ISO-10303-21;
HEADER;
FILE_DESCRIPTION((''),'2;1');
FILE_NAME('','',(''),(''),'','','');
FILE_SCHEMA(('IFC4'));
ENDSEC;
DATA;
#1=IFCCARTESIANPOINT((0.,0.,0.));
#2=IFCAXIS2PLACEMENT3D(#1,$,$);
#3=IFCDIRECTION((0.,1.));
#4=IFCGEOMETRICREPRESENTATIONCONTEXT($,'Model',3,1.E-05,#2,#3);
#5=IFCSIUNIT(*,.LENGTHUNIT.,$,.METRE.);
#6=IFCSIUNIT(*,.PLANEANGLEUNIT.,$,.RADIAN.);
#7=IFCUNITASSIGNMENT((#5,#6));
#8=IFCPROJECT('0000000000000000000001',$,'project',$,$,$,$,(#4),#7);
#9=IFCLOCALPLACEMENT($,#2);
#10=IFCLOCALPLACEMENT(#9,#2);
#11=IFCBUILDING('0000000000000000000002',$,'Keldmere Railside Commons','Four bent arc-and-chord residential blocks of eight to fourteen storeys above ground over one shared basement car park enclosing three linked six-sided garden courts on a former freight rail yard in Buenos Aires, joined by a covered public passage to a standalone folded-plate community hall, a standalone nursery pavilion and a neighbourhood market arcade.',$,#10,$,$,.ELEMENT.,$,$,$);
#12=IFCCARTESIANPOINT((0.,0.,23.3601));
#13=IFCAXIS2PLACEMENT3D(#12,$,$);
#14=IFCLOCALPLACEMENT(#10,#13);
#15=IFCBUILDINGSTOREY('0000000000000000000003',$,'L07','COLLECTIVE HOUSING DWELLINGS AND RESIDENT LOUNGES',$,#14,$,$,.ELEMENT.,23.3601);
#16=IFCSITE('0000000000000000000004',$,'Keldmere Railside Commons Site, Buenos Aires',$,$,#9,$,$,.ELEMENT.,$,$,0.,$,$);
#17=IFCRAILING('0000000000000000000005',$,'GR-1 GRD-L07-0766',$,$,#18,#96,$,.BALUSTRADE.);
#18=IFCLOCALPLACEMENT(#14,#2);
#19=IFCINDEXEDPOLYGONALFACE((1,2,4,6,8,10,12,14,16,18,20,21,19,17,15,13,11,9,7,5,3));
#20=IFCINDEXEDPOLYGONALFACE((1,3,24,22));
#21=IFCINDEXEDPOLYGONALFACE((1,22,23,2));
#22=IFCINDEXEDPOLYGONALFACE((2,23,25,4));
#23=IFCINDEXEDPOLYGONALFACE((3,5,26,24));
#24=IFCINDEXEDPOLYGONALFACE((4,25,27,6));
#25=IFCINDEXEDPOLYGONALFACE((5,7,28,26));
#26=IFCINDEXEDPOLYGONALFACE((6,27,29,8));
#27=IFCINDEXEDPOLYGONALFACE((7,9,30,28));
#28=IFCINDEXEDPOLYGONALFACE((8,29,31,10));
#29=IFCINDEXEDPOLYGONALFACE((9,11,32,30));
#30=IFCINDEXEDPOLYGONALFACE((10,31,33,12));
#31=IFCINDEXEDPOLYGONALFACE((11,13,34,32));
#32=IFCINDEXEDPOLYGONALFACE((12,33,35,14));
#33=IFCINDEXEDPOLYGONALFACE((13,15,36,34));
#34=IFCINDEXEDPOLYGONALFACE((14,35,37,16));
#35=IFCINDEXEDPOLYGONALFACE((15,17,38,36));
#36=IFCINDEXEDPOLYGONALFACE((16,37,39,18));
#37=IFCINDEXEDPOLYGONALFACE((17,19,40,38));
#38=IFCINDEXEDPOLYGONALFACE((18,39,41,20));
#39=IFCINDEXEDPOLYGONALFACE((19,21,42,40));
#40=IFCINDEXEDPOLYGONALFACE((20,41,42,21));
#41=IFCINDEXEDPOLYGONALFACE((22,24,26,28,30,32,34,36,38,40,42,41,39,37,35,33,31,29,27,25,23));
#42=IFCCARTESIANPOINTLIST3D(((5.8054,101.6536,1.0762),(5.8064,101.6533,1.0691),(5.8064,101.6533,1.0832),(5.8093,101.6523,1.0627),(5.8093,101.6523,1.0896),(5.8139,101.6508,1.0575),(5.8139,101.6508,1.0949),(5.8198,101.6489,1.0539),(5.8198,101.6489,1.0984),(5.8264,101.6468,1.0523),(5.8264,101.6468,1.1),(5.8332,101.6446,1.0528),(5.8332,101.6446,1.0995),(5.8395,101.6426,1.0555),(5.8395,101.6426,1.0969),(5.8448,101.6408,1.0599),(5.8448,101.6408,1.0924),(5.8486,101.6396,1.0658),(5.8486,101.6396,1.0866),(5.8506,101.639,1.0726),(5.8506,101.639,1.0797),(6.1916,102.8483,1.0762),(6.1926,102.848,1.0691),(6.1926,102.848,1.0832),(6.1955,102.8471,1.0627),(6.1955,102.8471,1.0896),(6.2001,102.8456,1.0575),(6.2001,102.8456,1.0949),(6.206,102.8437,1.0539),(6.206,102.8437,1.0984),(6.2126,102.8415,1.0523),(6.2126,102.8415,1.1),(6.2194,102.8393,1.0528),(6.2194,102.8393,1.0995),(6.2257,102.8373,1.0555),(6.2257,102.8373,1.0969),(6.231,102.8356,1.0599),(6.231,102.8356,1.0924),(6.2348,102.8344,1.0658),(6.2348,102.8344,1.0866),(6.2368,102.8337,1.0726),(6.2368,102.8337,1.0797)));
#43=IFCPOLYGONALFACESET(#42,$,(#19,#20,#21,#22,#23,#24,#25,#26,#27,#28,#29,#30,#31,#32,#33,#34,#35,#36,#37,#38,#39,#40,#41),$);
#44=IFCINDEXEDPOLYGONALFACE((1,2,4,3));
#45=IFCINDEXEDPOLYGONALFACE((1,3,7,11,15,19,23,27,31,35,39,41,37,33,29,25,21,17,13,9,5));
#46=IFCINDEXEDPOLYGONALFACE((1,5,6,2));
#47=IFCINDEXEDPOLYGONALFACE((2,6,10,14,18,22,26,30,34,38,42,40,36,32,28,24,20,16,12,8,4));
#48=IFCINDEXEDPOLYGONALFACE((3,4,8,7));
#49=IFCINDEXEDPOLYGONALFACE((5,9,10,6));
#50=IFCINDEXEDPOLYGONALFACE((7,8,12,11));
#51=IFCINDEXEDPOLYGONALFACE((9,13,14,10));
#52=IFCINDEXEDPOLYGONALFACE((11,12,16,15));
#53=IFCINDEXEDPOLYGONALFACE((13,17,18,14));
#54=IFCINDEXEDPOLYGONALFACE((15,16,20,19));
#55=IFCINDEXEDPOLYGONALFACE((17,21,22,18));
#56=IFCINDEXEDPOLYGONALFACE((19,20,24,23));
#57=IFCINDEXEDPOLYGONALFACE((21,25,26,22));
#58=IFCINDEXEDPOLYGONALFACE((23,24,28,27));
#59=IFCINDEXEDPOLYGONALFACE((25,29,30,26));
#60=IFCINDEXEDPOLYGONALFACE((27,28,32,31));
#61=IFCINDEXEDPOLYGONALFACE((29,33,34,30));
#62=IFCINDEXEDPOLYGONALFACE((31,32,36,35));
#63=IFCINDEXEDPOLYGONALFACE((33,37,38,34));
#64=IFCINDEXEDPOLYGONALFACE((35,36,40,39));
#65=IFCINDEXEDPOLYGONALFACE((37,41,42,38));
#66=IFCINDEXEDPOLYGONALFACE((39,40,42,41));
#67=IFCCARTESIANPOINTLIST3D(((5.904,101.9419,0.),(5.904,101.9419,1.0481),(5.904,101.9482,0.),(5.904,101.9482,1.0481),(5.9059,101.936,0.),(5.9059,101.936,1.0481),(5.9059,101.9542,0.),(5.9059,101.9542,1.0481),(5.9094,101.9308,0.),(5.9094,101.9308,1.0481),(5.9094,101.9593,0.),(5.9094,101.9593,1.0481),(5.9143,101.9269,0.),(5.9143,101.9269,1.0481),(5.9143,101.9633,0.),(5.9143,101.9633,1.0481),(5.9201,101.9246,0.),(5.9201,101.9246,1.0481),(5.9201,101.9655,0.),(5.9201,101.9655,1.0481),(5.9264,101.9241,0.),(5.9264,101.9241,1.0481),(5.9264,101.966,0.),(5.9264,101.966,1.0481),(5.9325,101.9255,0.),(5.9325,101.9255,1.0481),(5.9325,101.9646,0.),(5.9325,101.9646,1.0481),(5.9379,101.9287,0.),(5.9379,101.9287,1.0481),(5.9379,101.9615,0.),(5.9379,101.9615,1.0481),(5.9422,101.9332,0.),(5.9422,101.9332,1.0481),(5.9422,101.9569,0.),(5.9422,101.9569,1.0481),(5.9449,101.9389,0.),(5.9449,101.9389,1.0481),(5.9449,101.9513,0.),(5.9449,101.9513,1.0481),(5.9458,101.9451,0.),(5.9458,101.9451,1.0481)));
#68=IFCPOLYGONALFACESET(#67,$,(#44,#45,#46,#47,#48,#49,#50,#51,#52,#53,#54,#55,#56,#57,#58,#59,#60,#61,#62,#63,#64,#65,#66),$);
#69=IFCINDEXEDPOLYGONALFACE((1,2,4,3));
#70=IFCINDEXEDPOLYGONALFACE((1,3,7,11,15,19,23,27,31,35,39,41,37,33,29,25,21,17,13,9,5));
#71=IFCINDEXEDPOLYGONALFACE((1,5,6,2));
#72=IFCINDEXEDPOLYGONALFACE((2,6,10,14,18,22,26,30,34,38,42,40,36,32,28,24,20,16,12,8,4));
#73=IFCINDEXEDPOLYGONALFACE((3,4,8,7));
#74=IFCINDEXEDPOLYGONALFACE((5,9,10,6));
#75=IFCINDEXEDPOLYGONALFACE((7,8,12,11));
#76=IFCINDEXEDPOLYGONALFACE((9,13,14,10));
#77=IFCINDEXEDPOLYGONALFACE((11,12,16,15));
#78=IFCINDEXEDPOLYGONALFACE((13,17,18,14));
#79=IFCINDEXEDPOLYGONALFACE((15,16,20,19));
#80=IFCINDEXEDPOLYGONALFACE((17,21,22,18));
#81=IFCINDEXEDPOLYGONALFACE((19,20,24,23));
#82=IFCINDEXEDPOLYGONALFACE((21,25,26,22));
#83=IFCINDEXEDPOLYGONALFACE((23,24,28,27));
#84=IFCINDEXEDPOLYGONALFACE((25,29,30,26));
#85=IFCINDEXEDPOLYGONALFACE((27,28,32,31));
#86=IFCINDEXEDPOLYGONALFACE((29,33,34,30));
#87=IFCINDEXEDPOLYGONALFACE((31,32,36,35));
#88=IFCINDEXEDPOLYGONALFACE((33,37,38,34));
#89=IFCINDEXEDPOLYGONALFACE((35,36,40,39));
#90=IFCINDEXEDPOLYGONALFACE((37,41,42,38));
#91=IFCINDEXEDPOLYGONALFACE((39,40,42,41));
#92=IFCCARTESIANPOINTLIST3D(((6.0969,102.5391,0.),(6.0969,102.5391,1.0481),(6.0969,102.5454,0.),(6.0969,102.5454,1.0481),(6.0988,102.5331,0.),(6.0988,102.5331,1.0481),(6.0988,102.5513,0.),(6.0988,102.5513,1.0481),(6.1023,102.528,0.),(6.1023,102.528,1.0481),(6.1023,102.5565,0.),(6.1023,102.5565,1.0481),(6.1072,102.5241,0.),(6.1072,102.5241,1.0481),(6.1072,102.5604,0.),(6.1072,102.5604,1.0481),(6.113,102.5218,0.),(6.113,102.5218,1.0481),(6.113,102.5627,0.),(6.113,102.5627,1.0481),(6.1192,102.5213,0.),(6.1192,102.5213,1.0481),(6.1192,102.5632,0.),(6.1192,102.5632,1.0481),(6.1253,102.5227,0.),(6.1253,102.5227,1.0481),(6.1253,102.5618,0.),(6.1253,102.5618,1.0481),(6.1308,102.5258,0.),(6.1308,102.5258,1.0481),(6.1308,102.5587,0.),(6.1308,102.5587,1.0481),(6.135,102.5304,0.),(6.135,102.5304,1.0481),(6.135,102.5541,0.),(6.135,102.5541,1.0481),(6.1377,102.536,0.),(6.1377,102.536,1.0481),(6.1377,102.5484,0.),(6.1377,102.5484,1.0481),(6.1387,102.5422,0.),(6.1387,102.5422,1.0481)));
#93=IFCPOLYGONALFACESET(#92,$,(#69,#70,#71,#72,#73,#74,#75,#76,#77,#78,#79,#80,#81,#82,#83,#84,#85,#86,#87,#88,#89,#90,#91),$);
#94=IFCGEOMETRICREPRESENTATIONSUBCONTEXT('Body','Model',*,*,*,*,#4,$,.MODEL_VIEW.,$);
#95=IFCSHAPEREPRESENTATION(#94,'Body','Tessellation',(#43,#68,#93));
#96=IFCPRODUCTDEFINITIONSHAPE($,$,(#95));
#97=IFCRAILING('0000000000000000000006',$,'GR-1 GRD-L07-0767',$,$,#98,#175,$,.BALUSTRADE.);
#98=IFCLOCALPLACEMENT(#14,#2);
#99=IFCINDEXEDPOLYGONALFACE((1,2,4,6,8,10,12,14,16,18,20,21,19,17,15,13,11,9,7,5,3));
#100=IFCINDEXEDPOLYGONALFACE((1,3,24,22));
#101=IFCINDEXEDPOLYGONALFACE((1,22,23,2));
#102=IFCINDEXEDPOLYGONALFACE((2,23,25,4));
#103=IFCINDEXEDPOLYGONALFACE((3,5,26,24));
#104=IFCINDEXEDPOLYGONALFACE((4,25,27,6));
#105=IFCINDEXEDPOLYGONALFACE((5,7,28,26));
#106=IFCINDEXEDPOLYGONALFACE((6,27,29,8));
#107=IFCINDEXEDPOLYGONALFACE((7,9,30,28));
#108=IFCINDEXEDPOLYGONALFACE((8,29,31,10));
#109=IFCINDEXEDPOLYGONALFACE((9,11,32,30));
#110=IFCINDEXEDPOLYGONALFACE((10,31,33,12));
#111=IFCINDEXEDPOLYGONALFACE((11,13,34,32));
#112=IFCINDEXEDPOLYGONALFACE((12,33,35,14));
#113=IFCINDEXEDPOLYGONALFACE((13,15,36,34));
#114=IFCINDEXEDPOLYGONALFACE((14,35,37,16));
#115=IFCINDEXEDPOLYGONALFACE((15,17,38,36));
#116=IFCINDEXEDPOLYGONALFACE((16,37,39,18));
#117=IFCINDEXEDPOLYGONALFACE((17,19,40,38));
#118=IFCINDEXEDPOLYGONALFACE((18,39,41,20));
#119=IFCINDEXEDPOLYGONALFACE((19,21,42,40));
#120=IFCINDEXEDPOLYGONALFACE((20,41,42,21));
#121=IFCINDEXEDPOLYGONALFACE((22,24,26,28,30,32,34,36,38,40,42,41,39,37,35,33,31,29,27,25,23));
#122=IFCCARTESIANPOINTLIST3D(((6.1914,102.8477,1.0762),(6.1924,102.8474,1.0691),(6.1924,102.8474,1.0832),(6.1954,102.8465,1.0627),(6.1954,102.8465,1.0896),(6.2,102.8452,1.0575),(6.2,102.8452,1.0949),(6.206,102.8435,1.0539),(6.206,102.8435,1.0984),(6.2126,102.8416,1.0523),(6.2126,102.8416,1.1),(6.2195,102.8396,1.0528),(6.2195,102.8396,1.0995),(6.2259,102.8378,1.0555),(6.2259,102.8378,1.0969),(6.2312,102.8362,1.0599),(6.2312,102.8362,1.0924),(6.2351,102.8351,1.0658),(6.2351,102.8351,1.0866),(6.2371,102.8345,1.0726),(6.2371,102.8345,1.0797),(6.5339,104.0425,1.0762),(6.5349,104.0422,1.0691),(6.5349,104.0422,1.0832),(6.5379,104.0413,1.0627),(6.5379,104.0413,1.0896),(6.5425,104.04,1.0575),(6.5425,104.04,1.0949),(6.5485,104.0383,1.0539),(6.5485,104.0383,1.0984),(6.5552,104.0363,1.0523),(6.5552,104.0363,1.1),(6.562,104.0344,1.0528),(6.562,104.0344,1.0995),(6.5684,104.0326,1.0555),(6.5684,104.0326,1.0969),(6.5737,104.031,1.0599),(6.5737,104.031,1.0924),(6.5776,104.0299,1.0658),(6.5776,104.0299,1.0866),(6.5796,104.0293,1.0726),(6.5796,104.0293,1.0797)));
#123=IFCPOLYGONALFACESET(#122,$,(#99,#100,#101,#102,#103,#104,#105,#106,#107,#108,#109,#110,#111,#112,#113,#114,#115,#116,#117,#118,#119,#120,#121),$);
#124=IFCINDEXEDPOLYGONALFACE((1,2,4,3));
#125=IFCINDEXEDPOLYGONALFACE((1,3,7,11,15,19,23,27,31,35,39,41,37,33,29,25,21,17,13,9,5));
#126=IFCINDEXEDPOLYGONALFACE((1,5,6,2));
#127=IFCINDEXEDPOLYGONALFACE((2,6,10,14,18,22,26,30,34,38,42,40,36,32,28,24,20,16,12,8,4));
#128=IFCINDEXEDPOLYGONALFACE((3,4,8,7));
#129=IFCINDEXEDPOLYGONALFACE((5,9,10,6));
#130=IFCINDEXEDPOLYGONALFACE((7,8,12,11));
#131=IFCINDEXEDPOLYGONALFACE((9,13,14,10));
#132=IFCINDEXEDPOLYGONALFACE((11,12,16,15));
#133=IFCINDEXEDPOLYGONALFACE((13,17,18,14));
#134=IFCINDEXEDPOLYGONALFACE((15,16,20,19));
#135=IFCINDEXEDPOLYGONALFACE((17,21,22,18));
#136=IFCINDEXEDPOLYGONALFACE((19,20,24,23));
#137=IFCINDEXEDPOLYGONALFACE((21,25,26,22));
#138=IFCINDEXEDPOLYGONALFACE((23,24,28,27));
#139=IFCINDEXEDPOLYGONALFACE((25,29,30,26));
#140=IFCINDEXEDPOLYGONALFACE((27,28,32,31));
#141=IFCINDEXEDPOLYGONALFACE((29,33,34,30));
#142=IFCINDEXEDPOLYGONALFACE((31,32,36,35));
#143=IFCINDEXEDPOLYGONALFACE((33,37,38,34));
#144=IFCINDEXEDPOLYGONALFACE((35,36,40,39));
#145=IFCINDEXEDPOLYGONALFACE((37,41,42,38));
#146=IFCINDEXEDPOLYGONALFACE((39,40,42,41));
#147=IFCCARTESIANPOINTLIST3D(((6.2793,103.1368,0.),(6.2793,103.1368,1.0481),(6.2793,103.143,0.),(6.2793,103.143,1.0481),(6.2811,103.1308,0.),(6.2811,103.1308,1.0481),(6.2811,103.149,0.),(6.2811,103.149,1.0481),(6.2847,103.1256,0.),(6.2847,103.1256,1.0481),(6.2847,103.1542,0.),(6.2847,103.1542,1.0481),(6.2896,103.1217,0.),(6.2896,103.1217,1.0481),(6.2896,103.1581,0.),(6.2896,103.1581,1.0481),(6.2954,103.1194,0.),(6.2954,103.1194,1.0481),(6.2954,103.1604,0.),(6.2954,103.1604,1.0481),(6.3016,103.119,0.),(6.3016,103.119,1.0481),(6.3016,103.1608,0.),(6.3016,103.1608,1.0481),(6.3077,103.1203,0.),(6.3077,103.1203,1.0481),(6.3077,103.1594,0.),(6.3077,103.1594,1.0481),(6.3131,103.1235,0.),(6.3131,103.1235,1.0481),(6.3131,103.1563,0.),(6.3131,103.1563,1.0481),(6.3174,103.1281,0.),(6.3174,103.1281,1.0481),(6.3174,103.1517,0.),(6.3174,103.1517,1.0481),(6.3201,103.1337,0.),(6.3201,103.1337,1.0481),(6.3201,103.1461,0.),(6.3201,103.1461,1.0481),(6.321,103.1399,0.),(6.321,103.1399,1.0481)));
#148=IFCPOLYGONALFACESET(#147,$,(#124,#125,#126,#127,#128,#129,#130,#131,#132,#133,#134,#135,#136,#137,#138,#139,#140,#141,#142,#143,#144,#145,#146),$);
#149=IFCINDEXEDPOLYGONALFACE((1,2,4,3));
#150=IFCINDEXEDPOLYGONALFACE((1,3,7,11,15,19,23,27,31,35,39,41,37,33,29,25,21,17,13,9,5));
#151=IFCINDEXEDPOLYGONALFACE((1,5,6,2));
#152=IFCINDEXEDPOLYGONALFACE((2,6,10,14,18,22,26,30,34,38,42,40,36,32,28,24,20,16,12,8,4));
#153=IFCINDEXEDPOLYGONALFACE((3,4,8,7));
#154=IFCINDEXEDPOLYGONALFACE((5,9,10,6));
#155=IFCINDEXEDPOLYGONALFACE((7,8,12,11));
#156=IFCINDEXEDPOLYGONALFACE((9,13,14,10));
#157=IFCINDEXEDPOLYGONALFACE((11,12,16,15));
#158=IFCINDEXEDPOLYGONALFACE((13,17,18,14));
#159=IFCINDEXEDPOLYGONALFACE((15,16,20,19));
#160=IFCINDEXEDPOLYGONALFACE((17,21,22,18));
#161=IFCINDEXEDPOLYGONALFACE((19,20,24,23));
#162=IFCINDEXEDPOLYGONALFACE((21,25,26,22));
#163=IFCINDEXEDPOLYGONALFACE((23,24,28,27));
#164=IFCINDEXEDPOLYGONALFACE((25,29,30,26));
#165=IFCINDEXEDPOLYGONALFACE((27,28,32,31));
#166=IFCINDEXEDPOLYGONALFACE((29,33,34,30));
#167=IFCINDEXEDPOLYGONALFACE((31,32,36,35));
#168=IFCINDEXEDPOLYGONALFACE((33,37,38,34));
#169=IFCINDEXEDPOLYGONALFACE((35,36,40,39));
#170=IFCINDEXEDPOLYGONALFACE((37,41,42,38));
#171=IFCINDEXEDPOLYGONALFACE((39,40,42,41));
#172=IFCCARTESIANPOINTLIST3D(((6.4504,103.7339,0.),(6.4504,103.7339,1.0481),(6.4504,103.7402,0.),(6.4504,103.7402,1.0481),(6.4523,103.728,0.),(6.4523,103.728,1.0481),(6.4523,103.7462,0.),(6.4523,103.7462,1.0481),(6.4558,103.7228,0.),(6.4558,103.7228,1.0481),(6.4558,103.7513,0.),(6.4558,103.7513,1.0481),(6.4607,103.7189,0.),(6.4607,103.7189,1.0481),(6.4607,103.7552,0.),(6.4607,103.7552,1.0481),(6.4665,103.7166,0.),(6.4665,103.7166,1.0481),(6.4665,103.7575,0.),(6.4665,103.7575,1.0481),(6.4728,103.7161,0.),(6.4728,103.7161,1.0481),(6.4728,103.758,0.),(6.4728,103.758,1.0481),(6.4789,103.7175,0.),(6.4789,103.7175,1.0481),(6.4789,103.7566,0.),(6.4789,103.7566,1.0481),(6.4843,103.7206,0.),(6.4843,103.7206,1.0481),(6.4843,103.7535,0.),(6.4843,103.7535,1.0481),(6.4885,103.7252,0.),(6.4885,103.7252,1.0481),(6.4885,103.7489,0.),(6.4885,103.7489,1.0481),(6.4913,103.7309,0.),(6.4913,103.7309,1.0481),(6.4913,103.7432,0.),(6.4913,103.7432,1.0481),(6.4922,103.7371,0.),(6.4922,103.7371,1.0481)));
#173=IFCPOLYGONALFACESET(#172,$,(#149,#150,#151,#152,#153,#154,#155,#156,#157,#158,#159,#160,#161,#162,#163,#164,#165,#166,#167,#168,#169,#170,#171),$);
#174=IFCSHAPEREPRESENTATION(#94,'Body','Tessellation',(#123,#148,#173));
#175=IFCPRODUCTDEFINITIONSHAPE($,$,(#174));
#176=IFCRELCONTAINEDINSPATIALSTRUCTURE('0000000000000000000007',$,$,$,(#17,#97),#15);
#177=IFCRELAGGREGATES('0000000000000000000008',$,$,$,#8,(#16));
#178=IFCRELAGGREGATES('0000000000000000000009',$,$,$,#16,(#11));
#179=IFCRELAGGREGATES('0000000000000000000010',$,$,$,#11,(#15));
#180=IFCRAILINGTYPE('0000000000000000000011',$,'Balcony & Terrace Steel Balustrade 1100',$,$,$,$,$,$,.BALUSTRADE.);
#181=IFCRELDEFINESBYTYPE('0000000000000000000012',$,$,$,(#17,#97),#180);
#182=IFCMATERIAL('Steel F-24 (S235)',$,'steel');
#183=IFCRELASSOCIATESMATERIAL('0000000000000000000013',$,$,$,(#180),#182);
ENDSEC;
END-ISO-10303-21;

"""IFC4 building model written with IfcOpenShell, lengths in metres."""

from ifc_helpers import new_model, si_unit, direction, frame, origin, origin_2d, place, context, subcontext, project, spatial, circle, extrude, material, type_object, element, save


model = new_model("IFC4")

# Units and contexts
model_context = context("Model", 3, precision=1e-05, world=origin(), true_north=direction((0.0, 1.0)))
body_context = subcontext(model_context, "Body", "Model", "MODEL_VIEW")
ifc_project = project(units=[si_unit("LENGTHUNIT", "METRE"), si_unit("PLANEANGLEUNIT", "RADIAN")], contexts=[model_context])

# Site, building, storey
site_placement = place(None, origin())
site = spatial("IfcSite", under=ifc_project, at=site_placement, Name="Keldmere Railside Commons Site, Buenos Aires", CompositionType="ELEMENT", RefElevation=0.0)
building_placement = place(site_placement, origin())
building = spatial("IfcBuilding", under=site, at=building_placement, Name="Keldmere Railside Commons", Description="Four bent arc-and-chord residential blocks of eight to fourteen storeys above ground over one shared basement car park enclosing three linked six-sided garden courts on a former freight rail yard in Buenos Aires, joined by a covered public passage to a standalone folded-plate community hall, a standalone nursery pavilion and a neighbourhood market arcade.", CompositionType="ELEMENT")
storey_placement = place(building_placement, frame((0.0, 0.0, 23.3601)))
storey = spatial("IfcBuildingStorey", under=building, at=storey_placement, Name="L07", Description="COLLECTIVE HOUSING DWELLINGS AND RESIDENT LOUNGES", CompositionType="ELEMENT", Elevation=23.3601)

# Railings
ifc_material_1 = material(Name="Steel F-24 (S235)", Category="steel")
railing_type = type_object("IfcRailingType", Name="Balcony & Terrace Steel Balustrade 1100", PredefinedType="BALUSTRADE", material=ifc_material_1)
railing_1_placement = place(storey_placement, frame((5.8281, 101.6462, 0.0)))
element("IfcRailing", 1, at=railing_1_placement, inside=storey, type_object=railing_type, Name="GR-1 GRD-L07-0766", PredefinedType="BALUSTRADE", context=body_context, shape_type="SweptSolid", body=[
    extrude(circle(Radius=0.0239, at=origin_2d()), frame((0.0, 0.0, 1.0762), z_axis=(0.307582, 0.951522, 0.0), x_axis=(-0.951522, 0.307582, 0.0)), (0.0, 0.0, 1.0), 1.2556),
    extrude(circle(Radius=0.021, at=origin_2d()), frame((0.0967, 0.2988, 0.0)), (0.0, 0.0, 1.0), 1.0481),
    extrude(circle(Radius=0.021, at=origin_2d()), frame((0.2896, 0.896, 0.0)), (0.0, 0.0, 1.0), 1.0481),
])
railing_2_placement = place(storey_placement, frame((6.2144, 102.8411, 0.0)))
element("IfcRailing", 2, at=railing_2_placement, inside=storey, type_object=railing_type, Name="GR-1 GRD-L07-0767", PredefinedType="BALUSTRADE", context=body_context, shape_type="SweptSolid", body=[
    extrude(circle(Radius=0.0239, at=origin_2d()), frame((0.0, 0.0, 1.0762), z_axis=(0.275577, 0.961279, 0.0), x_axis=(-0.961279, 0.275577, 0.0)), (0.0, 0.0, 1.0), 1.2429),
    extrude(circle(Radius=0.021, at=origin_2d()), frame((0.0857, 0.2988, 0.0)), (0.0, 0.0, 1.0), 1.0481),
    extrude(circle(Radius=0.021, at=origin_2d()), frame((0.2568, 0.896, 0.0)), (0.0, 0.0, 1.0), 1.0481),
])

save(model, "model.ifc")
